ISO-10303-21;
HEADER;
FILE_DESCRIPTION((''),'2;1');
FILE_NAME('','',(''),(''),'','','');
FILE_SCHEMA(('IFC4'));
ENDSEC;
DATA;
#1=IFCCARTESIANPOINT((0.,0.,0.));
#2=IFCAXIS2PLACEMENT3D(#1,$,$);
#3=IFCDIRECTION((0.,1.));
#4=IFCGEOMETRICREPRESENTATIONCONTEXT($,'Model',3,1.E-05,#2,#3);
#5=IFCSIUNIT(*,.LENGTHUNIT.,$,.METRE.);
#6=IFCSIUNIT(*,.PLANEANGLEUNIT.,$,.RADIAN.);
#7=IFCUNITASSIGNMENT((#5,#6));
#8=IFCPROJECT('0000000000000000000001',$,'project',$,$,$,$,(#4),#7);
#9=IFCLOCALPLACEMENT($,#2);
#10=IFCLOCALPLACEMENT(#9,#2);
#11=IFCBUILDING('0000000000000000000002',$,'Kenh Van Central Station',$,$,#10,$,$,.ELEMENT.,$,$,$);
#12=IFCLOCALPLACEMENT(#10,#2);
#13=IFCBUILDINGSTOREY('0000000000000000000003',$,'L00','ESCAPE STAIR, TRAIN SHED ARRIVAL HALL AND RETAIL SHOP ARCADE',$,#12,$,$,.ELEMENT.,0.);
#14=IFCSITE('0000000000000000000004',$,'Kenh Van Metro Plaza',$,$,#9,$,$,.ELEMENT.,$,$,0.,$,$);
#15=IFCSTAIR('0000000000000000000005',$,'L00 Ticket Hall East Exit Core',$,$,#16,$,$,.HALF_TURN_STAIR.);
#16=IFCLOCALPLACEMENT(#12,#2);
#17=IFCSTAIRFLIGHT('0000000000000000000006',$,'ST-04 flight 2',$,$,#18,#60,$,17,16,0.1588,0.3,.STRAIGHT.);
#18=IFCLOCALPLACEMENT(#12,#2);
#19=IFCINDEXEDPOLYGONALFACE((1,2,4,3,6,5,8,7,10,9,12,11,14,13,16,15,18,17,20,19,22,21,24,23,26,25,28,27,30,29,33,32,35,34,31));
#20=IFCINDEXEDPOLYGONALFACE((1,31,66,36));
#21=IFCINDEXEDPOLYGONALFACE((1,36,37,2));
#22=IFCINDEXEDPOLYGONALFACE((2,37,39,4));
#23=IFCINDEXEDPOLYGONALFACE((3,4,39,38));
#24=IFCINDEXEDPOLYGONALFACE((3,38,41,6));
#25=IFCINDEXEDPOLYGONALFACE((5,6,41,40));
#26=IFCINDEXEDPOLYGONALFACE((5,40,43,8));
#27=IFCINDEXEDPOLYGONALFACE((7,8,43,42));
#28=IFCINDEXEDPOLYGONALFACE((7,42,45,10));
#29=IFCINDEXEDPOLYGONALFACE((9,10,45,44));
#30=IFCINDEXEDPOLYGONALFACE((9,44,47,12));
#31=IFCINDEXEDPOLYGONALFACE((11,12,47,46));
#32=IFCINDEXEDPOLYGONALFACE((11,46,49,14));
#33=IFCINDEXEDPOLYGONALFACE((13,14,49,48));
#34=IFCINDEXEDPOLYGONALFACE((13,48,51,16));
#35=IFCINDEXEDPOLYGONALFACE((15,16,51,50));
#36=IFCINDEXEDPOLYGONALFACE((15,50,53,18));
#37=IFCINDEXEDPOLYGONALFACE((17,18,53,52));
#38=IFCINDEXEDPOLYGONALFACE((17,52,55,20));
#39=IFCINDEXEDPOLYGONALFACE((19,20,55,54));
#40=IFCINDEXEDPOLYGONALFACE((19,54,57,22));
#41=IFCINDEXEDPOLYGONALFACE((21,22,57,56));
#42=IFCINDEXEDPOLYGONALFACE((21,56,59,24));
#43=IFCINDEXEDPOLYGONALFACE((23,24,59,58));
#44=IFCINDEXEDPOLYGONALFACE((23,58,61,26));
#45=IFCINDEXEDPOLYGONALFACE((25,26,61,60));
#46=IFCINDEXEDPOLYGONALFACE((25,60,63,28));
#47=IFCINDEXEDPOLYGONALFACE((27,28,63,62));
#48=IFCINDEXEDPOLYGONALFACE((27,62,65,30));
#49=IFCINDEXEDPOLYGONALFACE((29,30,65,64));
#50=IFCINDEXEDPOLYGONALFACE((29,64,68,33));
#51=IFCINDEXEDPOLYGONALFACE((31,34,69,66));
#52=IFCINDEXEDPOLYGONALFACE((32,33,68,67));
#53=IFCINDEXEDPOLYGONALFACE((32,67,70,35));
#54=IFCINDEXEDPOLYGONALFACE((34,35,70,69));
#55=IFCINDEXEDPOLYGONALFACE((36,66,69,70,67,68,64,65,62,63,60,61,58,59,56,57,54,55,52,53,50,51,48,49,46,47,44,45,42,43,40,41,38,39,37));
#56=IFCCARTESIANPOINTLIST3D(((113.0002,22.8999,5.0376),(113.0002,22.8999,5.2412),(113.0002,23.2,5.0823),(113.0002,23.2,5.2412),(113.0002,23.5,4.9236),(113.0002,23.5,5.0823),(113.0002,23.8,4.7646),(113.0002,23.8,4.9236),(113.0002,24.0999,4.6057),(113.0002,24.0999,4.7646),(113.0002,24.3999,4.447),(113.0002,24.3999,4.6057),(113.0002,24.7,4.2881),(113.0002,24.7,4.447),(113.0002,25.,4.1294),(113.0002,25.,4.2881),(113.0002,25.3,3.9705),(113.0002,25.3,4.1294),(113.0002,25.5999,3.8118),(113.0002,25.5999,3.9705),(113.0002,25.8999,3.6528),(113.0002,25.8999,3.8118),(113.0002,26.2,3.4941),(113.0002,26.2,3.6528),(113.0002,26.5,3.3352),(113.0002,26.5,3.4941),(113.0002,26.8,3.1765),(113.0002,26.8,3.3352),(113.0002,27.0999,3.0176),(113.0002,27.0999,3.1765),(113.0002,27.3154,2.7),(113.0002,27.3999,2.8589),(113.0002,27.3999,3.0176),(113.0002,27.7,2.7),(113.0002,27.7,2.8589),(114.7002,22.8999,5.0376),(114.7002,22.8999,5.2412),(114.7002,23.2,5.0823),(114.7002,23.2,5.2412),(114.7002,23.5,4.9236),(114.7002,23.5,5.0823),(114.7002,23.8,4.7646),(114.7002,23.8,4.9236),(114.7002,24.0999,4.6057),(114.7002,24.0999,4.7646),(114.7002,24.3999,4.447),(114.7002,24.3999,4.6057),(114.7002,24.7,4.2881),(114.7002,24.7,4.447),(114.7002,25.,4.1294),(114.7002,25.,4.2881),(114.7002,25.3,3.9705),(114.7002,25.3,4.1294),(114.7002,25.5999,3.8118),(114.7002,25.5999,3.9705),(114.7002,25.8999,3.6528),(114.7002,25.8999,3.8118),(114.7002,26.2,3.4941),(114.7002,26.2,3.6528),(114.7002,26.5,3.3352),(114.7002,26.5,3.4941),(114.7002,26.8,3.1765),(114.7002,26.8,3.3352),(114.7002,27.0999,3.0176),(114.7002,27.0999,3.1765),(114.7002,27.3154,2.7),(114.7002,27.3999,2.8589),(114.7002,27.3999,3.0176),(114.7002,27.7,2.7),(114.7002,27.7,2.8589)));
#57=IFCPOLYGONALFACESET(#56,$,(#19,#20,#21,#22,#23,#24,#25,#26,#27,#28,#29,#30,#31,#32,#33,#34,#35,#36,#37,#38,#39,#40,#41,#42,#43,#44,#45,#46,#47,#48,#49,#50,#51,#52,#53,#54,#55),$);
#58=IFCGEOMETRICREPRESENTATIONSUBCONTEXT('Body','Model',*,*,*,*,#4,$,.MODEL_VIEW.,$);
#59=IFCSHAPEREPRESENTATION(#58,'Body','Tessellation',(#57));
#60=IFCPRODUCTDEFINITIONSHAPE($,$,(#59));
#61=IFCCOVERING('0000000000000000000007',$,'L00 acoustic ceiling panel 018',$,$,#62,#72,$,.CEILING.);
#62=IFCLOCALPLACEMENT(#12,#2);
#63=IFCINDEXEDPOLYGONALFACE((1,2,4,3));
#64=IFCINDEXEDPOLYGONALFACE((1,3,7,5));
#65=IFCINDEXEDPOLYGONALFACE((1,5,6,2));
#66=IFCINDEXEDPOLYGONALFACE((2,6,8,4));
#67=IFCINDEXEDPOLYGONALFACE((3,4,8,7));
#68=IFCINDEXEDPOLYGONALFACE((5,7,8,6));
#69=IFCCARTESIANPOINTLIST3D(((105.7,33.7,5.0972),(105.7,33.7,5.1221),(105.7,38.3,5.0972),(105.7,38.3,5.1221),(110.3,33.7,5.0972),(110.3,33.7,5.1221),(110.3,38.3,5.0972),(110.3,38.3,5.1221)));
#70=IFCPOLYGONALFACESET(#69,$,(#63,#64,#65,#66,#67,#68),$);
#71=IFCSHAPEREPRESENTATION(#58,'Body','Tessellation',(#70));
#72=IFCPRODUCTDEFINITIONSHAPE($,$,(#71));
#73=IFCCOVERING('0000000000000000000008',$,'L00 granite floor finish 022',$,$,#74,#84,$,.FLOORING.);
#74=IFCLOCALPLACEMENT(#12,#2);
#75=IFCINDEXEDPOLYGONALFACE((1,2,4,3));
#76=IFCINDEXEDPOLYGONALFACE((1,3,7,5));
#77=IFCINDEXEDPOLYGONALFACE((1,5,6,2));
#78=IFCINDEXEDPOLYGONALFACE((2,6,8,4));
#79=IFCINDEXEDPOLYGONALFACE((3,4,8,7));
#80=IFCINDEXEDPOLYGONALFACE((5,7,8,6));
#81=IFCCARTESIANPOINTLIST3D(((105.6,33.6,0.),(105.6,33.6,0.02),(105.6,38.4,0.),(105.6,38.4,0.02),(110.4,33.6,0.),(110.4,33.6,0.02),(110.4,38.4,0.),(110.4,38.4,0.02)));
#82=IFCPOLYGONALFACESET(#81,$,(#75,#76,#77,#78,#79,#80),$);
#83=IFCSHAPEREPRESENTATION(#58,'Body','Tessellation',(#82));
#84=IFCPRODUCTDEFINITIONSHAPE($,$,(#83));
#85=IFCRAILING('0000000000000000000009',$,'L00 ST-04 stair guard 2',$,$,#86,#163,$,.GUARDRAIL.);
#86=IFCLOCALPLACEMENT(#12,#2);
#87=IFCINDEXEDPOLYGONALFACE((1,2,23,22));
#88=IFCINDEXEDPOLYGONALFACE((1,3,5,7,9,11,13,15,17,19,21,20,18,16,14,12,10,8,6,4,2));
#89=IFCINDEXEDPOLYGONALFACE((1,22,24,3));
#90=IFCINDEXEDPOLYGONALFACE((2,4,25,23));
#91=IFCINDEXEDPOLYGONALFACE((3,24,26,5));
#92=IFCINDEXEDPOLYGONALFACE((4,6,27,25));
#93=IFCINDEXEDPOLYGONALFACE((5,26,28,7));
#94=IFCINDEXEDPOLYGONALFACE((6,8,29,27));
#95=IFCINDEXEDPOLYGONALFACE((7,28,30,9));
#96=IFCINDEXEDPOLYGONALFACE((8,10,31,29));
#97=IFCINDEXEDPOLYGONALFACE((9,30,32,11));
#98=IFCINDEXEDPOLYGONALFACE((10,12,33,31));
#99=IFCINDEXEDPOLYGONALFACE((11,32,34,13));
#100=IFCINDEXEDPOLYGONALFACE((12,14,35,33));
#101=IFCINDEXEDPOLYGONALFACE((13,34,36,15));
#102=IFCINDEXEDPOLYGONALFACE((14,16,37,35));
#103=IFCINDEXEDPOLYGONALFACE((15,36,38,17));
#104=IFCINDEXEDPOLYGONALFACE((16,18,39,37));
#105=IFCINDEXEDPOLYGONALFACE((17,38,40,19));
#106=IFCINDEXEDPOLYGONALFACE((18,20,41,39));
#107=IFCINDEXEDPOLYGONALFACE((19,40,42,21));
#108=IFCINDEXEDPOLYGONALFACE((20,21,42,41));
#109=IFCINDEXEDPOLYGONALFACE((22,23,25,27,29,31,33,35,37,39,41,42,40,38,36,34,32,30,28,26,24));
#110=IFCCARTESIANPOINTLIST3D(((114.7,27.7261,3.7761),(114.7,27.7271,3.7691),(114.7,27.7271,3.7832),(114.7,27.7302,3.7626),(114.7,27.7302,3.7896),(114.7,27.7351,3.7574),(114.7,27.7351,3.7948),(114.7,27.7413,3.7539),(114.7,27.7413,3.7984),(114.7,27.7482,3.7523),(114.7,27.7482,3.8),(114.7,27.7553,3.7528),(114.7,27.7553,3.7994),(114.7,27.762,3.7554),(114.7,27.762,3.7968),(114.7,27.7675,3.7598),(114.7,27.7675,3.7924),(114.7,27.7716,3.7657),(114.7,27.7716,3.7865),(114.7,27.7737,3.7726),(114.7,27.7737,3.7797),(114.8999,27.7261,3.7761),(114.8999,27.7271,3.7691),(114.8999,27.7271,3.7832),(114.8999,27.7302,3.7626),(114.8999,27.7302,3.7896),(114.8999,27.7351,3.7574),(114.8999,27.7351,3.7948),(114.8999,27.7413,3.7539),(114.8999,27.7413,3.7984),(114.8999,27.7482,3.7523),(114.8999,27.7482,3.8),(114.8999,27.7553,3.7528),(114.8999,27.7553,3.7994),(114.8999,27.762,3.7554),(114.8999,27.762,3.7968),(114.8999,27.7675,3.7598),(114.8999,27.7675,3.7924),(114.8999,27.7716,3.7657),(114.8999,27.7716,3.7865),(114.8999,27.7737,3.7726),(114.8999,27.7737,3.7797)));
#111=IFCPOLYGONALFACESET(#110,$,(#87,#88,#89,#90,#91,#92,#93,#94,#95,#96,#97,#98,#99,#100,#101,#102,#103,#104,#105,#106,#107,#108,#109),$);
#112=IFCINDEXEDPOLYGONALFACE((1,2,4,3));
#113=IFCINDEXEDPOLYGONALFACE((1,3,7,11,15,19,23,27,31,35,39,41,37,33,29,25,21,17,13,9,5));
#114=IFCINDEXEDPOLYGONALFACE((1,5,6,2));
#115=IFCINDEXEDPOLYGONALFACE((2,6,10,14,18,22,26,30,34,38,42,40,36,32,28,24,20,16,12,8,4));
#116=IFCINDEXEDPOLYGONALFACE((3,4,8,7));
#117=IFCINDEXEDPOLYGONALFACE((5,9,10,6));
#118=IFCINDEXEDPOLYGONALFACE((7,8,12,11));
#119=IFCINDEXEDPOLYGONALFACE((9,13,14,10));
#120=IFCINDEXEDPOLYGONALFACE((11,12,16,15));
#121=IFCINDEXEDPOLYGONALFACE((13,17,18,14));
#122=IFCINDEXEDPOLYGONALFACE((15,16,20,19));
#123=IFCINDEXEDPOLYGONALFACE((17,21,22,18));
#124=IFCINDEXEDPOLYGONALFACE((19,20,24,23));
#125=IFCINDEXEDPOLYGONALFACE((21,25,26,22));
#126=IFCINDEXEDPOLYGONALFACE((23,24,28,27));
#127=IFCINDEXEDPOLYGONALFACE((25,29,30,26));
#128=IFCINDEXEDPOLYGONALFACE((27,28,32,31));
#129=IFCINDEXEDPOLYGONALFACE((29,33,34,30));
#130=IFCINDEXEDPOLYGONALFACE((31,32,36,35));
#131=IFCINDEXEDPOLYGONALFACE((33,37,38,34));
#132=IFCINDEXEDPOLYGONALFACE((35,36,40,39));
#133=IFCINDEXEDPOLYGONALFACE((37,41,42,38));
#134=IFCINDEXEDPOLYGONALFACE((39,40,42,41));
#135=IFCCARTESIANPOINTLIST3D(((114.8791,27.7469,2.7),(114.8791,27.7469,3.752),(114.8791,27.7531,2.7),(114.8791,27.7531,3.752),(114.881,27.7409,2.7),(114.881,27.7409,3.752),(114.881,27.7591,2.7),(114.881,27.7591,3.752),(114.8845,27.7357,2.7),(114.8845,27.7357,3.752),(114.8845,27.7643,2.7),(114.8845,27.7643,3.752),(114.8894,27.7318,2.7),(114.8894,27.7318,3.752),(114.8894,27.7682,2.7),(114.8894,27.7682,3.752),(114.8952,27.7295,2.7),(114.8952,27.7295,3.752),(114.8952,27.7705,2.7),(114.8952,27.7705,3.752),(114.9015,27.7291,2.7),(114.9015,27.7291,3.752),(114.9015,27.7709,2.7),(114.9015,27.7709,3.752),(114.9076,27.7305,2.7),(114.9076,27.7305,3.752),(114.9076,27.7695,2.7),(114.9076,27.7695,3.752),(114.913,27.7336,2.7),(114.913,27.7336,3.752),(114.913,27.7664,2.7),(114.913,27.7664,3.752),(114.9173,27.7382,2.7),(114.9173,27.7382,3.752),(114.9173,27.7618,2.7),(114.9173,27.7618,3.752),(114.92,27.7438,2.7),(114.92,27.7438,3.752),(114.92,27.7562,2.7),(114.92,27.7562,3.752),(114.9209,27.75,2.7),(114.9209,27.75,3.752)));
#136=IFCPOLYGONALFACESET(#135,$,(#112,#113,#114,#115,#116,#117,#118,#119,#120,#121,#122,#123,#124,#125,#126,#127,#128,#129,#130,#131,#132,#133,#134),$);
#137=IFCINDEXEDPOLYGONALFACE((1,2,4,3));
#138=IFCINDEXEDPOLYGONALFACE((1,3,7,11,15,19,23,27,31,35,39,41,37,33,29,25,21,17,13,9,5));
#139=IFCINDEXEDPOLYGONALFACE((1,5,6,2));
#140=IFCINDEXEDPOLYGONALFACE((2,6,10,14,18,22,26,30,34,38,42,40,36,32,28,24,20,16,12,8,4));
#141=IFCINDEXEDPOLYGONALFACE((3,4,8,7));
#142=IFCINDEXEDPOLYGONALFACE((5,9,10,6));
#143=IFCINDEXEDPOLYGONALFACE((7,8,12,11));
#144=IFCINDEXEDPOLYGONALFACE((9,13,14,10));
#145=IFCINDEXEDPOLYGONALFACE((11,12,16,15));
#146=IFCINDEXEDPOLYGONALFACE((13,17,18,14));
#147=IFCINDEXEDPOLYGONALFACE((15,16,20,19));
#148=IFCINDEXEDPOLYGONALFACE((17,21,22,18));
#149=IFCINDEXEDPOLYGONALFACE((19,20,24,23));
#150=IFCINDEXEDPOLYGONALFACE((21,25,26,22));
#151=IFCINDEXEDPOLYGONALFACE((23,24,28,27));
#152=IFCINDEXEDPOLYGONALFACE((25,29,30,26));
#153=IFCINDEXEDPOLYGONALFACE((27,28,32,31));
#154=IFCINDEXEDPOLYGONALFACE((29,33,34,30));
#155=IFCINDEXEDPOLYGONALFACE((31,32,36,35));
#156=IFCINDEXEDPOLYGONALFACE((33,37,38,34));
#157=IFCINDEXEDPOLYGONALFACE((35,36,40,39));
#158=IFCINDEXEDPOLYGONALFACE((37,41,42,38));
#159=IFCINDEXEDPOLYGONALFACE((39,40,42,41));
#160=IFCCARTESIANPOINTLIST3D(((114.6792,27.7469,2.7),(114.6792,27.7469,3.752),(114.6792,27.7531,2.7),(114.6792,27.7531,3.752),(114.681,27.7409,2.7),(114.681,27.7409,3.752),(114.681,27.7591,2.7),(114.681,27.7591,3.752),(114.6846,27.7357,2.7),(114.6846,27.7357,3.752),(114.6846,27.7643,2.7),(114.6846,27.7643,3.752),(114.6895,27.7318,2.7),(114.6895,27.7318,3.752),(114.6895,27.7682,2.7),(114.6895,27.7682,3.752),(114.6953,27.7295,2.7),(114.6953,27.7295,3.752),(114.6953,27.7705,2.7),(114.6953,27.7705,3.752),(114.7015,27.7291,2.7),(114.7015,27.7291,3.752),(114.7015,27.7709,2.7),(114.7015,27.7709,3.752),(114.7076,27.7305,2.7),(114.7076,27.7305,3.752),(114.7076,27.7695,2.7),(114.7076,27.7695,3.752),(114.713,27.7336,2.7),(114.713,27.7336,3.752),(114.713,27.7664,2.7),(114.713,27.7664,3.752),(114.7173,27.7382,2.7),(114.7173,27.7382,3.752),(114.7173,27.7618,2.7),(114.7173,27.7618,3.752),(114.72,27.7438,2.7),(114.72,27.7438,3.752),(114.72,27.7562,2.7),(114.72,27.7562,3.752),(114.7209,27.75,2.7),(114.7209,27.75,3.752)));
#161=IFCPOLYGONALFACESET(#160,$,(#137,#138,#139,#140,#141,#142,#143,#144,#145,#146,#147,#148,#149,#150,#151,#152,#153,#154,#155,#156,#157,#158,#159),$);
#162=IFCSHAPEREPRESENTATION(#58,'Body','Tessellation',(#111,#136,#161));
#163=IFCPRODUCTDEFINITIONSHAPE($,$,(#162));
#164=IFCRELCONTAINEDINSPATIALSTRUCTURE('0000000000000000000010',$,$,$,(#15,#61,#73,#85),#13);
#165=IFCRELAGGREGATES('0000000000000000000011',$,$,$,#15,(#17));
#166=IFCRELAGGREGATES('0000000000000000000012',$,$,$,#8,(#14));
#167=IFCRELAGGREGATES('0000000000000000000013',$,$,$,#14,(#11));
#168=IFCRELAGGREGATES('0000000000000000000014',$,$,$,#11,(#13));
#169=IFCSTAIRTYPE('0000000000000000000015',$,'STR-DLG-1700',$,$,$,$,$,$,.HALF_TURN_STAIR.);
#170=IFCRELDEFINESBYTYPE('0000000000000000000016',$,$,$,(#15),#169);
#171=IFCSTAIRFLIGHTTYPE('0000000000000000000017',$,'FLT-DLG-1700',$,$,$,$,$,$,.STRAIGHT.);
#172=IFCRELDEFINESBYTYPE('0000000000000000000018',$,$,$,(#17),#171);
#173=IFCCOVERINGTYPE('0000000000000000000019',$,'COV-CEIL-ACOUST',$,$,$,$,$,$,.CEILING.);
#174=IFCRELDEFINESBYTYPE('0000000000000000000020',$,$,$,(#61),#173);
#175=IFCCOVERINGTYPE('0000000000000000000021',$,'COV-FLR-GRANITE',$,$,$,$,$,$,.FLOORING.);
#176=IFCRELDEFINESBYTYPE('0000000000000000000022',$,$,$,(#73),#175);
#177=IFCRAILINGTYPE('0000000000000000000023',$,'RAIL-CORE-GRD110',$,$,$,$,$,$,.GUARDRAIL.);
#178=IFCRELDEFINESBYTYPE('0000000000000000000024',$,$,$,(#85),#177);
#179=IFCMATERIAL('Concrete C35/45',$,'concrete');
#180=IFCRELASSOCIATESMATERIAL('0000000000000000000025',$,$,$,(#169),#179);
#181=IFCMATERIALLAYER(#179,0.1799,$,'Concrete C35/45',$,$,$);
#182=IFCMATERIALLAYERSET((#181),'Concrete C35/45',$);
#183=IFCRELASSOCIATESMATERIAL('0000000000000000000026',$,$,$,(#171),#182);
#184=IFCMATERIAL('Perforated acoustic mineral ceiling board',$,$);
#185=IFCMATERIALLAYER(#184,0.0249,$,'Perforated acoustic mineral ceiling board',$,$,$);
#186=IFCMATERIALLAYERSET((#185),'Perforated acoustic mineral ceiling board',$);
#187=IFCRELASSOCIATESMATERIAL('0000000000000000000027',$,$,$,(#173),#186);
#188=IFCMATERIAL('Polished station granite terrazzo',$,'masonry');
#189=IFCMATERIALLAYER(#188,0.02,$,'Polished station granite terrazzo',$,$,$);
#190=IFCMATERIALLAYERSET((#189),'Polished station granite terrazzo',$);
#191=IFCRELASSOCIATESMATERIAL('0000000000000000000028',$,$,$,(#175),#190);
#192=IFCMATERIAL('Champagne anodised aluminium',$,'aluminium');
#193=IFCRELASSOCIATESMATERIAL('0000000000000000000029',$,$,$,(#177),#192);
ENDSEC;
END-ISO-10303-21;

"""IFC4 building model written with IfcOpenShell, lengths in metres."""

from ifc_helpers import new_model, si_unit, direction, frame, origin, origin_2d, place, context, subcontext, project, spatial, polyline, rectangle, circle, outline, extrude, material, layer, layer_set, type_object, element, aggregate, save


model = new_model("IFC4")

# Units and contexts
model_context = context("Model", 3, precision=1e-05, world=origin(), true_north=direction((0.0, 1.0)))
body_context = subcontext(model_context, "Body", "Model", "MODEL_VIEW")
ifc_project = project(units=[si_unit("LENGTHUNIT", "METRE"), si_unit("PLANEANGLEUNIT", "RADIAN")], contexts=[model_context])

# Site, building, storey
site_placement = place(None, origin())
site = spatial("IfcSite", under=ifc_project, at=site_placement, Name="Kenh Van Metro Plaza", CompositionType="ELEMENT", RefElevation=0.0)
building_placement = place(site_placement, origin())
building = spatial("IfcBuilding", under=site, at=building_placement, Name="Kenh Van Central Station", CompositionType="ELEMENT")
storey_placement = place(building_placement, origin())
storey = spatial("IfcBuildingStorey", under=building, at=storey_placement, Name="L00", Description="ESCAPE STAIR, TRAIN SHED ARRIVAL HALL AND RETAIL SHOP ARCADE", CompositionType="ELEMENT", Elevation=0.0)

# Shared definitions
ifc_material_1 = material(Name="Concrete C35/45", Category="concrete")

# Shared definitions
ifc_material_2 = material(Name="Champagne anodised aluminium", Category="aluminium")

# Stair, stair flight
stair_type = type_object("IfcStairType", Name="STR-DLG-1700", PredefinedType="HALF_TURN_STAIR", material=ifc_material_1)
stair_placement = place(storey_placement, origin())
stair = element("IfcStair", 1, at=stair_placement, inside=storey, type_object=stair_type, Name="L00 Ticket Hall East Exit Core", PredefinedType="HALF_TURN_STAIR")
ifc_layer_1 = layer(ifc_material_1, 0.1799, Name="Concrete C35/45")
ifc_layer_set_1 = layer_set([ifc_layer_1], Name="Concrete C35/45")
stair_flight_type = type_object("IfcStairFlightType", Name="FLT-DLG-1700", PredefinedType="STRAIGHT", material=ifc_layer_set_1)
stair_flight_placement = place(storey_placement, frame((113.8501, 27.7, 2.7), z_axis=(0.0, 0.0, 1.0), x_axis=(0.0, -1.0, 0.0)))
stair_flight = element("IfcStairFlight", 2, at=stair_flight_placement, type_object=stair_flight_type, Name="ST-04 flight 2", NumberOfRisers=17, NumberOfTreads=16, PredefinedType="STRAIGHT", RiserHeight=0.1588, TreadLength=0.3, context=body_context, shape_type="SweptSolid", body=[
    extrude(outline(polyline([(0.0, 0.0), (0.0, 0.1589), (0.3, 0.1589), (0.3, 0.3176), (0.6001, 0.3176), (0.6001, 0.4766), (0.8999, 0.4766), (0.8999, 0.6353), (1.2, 0.6353), (1.2, 0.7942), (1.5, 0.7942), (1.5, 0.9529), (1.8, 0.9529), (1.8, 1.1118), (2.1001, 1.1118), (2.1001, 1.2705), (2.3999, 1.2705), (2.3999, 1.4294), (2.7, 1.4294), (2.7, 1.5881), (3.0, 1.5881), (3.0, 1.7471), (3.3, 1.7471), (3.3, 1.9058), (3.6001, 1.9058), (3.6001, 2.0647), (3.8999, 2.0647), (3.8999, 2.2236), (4.2, 2.2236), (4.2, 2.3823), (4.5, 2.3823), (4.5, 2.5413), (4.8, 2.5413), (4.8, 2.7), (4.8, 2.3376), (0.3845, 0.0), (0.0, 0.0)])), frame((0.0, 0.8501, 0.0), z_axis=(0.0, -1.0, 0.0), x_axis=(1.0, 0.0, 0.0)), (0.0, 0.0, 1.0), 1.7),
])
aggregate(stair, [stair_flight])

# Coverings
ifc_material_3 = material(Name="Perforated acoustic mineral ceiling board")
ifc_layer_2 = layer(ifc_material_3, 0.0249, Name="Perforated acoustic mineral ceiling board")
ifc_layer_set_2 = layer_set([ifc_layer_2], Name="Perforated acoustic mineral ceiling board")
covering_type_1 = type_object("IfcCoveringType", Name="COV-CEIL-ACOUST", PredefinedType="CEILING", material=ifc_layer_set_2)
covering_1_placement = place(storey_placement, frame((108.0, 36.0, 5.0972), z_axis=(0.0, 0.0, 1.0), x_axis=(1.0, 0.0, 0.0)))
element("IfcCovering", 3, at=covering_1_placement, inside=storey, type_object=covering_type_1, Name="L00 acoustic ceiling panel 018", PredefinedType="CEILING", context=body_context, shape_type="SweptSolid", body=[
    extrude(rectangle(XDim=4.6001, YDim=4.6001, at=origin_2d()), origin(), (0.0, 0.0, 1.0), 0.0249),
])
ifc_material_4 = material(Name="Polished station granite terrazzo", Category="masonry")
ifc_layer_3 = layer(ifc_material_4, 0.02, Name="Polished station granite terrazzo")
ifc_layer_set_3 = layer_set([ifc_layer_3], Name="Polished station granite terrazzo")
covering_type_2 = type_object("IfcCoveringType", Name="COV-FLR-GRANITE", PredefinedType="FLOORING", material=ifc_layer_set_3)
covering_2_placement = place(storey_placement, frame((108.0, 36.0, 0.0), z_axis=(0.0, 0.0, 1.0), x_axis=(1.0, 0.0, 0.0)))
element("IfcCovering", 4, at=covering_2_placement, inside=storey, type_object=covering_type_2, Name="L00 granite floor finish 022", PredefinedType="FLOORING", context=body_context, shape_type="SweptSolid", body=[
    extrude(rectangle(XDim=4.8, YDim=4.8, at=origin_2d()), origin(), (0.0, 0.0, 1.0), 0.02),
])

# Railing
railing_type_1 = type_object("IfcRailingType", Name="RAIL-CORE-GRD110", PredefinedType="GUARDRAIL", material=ifc_material_2)
railing_1_placement = place(storey_placement, frame((114.8999, 27.75, 2.7)))
element("IfcRailing", 5, at=railing_1_placement, inside=storey, type_object=railing_type_1, Name="L00 ST-04 stair guard 2", PredefinedType="GUARDRAIL", context=body_context, shape_type="SweptSolid", body=[
    extrude(circle(Radius=0.0239, at=origin_2d()), frame((0.0, 0.0, 1.0762), z_axis=(-1.0, 0.0, 0.0), x_axis=(0.0, -1.0, 0.0)), (0.0, 0.0, 1.0), 0.2),
    extrude(circle(Radius=0.021, at=origin_2d()), origin(), (0.0, 0.0, 1.0), 1.052),
    extrude(circle(Radius=0.021, at=origin_2d()), frame((-0.2, 0.0, 0.0)), (0.0, 0.0, 1.0), 1.052),
])

save(model, "model.ifc")
